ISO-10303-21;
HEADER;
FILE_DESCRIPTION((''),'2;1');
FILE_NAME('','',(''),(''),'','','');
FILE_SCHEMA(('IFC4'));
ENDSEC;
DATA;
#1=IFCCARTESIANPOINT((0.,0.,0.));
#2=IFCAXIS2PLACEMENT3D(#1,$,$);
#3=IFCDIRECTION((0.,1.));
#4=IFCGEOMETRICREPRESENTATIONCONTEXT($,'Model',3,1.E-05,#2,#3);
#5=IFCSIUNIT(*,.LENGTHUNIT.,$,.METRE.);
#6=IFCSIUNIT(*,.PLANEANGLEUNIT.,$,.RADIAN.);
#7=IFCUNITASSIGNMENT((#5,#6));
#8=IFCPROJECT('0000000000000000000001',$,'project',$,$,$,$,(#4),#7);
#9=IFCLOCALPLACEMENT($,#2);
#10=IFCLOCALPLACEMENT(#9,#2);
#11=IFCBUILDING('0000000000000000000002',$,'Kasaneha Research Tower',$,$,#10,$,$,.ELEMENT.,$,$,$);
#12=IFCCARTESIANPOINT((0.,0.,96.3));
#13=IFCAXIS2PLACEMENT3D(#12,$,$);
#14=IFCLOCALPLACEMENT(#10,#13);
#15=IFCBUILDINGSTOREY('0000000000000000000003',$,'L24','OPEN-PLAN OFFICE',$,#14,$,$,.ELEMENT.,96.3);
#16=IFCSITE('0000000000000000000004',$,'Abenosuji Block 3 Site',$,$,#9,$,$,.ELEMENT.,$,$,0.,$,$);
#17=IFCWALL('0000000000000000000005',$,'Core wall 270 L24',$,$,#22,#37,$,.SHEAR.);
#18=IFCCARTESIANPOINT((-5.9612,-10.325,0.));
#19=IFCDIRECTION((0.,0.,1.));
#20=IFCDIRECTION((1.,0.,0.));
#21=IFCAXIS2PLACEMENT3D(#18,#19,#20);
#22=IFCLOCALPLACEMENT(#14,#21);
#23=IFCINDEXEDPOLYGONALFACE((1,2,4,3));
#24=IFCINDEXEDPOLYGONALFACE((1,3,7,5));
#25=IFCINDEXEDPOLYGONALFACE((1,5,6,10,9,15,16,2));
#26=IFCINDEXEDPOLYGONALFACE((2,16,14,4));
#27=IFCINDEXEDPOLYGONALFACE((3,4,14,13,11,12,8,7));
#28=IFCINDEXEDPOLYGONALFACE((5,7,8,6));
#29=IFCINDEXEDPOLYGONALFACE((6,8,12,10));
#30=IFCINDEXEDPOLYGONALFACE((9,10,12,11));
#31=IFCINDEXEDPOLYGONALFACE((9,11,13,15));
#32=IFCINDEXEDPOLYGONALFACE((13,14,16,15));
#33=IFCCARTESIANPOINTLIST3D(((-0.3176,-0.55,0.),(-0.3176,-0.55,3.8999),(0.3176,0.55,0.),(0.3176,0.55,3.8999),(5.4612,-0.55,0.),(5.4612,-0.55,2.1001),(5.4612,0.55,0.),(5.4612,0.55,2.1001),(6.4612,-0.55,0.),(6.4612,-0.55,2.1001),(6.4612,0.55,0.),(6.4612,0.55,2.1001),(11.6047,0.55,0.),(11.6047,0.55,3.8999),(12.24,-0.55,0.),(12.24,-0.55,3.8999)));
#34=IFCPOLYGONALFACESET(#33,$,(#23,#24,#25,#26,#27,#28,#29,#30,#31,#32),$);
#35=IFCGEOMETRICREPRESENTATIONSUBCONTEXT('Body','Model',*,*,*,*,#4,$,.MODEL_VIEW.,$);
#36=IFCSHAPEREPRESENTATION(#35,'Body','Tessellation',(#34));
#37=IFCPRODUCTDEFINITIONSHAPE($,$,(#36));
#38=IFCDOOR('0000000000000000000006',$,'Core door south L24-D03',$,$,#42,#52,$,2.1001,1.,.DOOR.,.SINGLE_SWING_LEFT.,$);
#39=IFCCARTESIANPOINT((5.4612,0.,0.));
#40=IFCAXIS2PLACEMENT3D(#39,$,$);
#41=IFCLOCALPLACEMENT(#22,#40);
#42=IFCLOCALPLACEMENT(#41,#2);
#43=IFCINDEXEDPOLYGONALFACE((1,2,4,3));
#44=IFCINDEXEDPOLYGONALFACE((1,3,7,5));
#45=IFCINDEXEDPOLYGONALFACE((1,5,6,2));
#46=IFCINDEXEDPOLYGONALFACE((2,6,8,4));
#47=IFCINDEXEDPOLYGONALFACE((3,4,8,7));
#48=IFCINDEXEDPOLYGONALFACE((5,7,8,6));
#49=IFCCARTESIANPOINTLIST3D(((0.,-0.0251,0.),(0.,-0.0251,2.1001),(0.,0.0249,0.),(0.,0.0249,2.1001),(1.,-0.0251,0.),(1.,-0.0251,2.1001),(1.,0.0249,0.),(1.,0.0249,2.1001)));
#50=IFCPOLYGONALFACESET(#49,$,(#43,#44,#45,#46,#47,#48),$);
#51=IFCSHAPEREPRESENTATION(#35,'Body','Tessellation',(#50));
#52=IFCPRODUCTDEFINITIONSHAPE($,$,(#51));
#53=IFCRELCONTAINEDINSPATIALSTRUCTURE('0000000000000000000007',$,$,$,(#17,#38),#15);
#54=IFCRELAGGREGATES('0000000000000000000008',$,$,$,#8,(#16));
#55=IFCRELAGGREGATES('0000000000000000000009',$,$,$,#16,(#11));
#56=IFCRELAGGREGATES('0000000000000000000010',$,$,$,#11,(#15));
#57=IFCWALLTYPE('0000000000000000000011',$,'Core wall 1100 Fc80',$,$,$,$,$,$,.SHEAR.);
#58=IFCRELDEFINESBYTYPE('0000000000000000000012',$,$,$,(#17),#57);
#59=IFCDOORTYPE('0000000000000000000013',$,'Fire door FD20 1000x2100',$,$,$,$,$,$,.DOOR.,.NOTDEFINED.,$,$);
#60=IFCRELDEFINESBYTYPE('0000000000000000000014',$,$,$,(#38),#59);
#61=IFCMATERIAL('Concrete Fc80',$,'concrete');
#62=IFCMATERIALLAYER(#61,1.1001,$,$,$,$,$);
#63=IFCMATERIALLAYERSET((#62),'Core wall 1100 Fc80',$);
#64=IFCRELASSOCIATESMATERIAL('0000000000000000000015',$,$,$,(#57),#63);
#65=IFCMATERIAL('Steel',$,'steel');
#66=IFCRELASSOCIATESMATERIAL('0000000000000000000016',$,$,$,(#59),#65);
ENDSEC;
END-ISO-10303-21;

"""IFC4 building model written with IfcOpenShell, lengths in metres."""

from ifc_helpers import new_model, si_unit, direction, frame, frame_2d, origin, place, context, subcontext, project, spatial, polyline, rectangle, outline, extrude, material, layer, layer_set, type_object, element, fill, save


model = new_model("IFC4")

# Units and contexts
model_context = context("Model", 3, precision=1e-05, world=origin(), true_north=direction((0.0, 1.0)))
body_context = subcontext(model_context, "Body", "Model", "MODEL_VIEW")
ifc_project = project(units=[si_unit("LENGTHUNIT", "METRE"), si_unit("PLANEANGLEUNIT", "RADIAN")], contexts=[model_context])

# Site, building, storey
site_placement = place(None, origin())
site = spatial("IfcSite", under=ifc_project, at=site_placement, Name="Abenosuji Block 3 Site", CompositionType="ELEMENT", RefElevation=0.0)
building_placement = place(site_placement, origin())
building = spatial("IfcBuilding", under=site, at=building_placement, Name="Kasaneha Research Tower", CompositionType="ELEMENT")
storey_placement = place(building_placement, frame((0.0, 0.0, 96.3)))
storey = spatial("IfcBuildingStorey", under=building, at=storey_placement, Name="L24", Description="OPEN-PLAN OFFICE", CompositionType="ELEMENT", Elevation=96.3)

# Wall, opening, door
ifc_material_1 = material(Name="Concrete Fc80", Category="concrete")
ifc_layer_1 = layer(ifc_material_1, 1.1001)
ifc_layer_set_1 = layer_set([ifc_layer_1], Name="Core wall 1100 Fc80")
wall_type_1 = type_object("IfcWallType", Name="Core wall 1100 Fc80", PredefinedType="SHEAR", material=ifc_layer_set_1)
wall_1_placement = place(storey_placement, frame((-5.9612, -10.325, 0.0), z_axis=(0.0, 0.0, 1.0), x_axis=(1.0, 0.0, 0.0)))
wall_1 = element("IfcWall", 1, at=wall_1_placement, inside=storey, type_object=wall_type_1, Name="Core wall 270 L24", PredefinedType="SHEAR", context=body_context, shape_type="SweptSolid", body=[
    extrude(outline(polyline([(-0.3176, -0.55), (5.4612, -0.55), (6.4612, -0.55), (12.24, -0.55), (11.6047, 0.55), (6.4612, 0.55), (5.4612, 0.55), (0.3176, 0.55), (-0.3176, -0.55)])), origin(), (0.0, 0.0, 1.0), 3.8999),
])
opening_1_placement = place(wall_1_placement, frame((5.4612, 0.0, 0.0)))
opening_1 = element("IfcOpeningElement", 2, at=opening_1_placement, cuts=wall_1, PredefinedType="OPENING", context=body_context, shape_type="SweptSolid", body=[
    extrude(rectangle(XDim=1.0, YDim=2.1001, at=frame_2d((0.5, 1.05))), frame((0.0, 0.5601, 0.0), z_axis=(0.0, -1.0, 0.0), x_axis=(1.0, 0.0, 0.0)), (0.0, 0.0, 1.0), 1.1201),
])
ifc_material_2 = material(Name="Steel", Category="steel")
door_type_1 = type_object("IfcDoorType", Name="Fire door FD20 1000x2100", OperationType="NOTDEFINED", PredefinedType="DOOR", material=ifc_material_2)
door_1_placement = place(opening_1_placement, origin())
door_1 = element("IfcDoor", 3, at=door_1_placement, inside=storey, type_object=door_type_1, Name="Core door south L24-D03", OperationType="SINGLE_SWING_LEFT", OverallHeight=2.1001, OverallWidth=1.0, PredefinedType="DOOR", context=body_context, shape_type="SweptSolid", body=[
    extrude(rectangle(XDim=1.0, YDim=2.1001, at=frame_2d((0.5, 1.05))), frame((0.0, 0.0249, 0.0), z_axis=(0.0, -1.0, 0.0), x_axis=(1.0, 0.0, 0.0)), (0.0, 0.0, 1.0), 0.05),
])
fill(opening_1, door_1)

save(model, "model.ifc")
